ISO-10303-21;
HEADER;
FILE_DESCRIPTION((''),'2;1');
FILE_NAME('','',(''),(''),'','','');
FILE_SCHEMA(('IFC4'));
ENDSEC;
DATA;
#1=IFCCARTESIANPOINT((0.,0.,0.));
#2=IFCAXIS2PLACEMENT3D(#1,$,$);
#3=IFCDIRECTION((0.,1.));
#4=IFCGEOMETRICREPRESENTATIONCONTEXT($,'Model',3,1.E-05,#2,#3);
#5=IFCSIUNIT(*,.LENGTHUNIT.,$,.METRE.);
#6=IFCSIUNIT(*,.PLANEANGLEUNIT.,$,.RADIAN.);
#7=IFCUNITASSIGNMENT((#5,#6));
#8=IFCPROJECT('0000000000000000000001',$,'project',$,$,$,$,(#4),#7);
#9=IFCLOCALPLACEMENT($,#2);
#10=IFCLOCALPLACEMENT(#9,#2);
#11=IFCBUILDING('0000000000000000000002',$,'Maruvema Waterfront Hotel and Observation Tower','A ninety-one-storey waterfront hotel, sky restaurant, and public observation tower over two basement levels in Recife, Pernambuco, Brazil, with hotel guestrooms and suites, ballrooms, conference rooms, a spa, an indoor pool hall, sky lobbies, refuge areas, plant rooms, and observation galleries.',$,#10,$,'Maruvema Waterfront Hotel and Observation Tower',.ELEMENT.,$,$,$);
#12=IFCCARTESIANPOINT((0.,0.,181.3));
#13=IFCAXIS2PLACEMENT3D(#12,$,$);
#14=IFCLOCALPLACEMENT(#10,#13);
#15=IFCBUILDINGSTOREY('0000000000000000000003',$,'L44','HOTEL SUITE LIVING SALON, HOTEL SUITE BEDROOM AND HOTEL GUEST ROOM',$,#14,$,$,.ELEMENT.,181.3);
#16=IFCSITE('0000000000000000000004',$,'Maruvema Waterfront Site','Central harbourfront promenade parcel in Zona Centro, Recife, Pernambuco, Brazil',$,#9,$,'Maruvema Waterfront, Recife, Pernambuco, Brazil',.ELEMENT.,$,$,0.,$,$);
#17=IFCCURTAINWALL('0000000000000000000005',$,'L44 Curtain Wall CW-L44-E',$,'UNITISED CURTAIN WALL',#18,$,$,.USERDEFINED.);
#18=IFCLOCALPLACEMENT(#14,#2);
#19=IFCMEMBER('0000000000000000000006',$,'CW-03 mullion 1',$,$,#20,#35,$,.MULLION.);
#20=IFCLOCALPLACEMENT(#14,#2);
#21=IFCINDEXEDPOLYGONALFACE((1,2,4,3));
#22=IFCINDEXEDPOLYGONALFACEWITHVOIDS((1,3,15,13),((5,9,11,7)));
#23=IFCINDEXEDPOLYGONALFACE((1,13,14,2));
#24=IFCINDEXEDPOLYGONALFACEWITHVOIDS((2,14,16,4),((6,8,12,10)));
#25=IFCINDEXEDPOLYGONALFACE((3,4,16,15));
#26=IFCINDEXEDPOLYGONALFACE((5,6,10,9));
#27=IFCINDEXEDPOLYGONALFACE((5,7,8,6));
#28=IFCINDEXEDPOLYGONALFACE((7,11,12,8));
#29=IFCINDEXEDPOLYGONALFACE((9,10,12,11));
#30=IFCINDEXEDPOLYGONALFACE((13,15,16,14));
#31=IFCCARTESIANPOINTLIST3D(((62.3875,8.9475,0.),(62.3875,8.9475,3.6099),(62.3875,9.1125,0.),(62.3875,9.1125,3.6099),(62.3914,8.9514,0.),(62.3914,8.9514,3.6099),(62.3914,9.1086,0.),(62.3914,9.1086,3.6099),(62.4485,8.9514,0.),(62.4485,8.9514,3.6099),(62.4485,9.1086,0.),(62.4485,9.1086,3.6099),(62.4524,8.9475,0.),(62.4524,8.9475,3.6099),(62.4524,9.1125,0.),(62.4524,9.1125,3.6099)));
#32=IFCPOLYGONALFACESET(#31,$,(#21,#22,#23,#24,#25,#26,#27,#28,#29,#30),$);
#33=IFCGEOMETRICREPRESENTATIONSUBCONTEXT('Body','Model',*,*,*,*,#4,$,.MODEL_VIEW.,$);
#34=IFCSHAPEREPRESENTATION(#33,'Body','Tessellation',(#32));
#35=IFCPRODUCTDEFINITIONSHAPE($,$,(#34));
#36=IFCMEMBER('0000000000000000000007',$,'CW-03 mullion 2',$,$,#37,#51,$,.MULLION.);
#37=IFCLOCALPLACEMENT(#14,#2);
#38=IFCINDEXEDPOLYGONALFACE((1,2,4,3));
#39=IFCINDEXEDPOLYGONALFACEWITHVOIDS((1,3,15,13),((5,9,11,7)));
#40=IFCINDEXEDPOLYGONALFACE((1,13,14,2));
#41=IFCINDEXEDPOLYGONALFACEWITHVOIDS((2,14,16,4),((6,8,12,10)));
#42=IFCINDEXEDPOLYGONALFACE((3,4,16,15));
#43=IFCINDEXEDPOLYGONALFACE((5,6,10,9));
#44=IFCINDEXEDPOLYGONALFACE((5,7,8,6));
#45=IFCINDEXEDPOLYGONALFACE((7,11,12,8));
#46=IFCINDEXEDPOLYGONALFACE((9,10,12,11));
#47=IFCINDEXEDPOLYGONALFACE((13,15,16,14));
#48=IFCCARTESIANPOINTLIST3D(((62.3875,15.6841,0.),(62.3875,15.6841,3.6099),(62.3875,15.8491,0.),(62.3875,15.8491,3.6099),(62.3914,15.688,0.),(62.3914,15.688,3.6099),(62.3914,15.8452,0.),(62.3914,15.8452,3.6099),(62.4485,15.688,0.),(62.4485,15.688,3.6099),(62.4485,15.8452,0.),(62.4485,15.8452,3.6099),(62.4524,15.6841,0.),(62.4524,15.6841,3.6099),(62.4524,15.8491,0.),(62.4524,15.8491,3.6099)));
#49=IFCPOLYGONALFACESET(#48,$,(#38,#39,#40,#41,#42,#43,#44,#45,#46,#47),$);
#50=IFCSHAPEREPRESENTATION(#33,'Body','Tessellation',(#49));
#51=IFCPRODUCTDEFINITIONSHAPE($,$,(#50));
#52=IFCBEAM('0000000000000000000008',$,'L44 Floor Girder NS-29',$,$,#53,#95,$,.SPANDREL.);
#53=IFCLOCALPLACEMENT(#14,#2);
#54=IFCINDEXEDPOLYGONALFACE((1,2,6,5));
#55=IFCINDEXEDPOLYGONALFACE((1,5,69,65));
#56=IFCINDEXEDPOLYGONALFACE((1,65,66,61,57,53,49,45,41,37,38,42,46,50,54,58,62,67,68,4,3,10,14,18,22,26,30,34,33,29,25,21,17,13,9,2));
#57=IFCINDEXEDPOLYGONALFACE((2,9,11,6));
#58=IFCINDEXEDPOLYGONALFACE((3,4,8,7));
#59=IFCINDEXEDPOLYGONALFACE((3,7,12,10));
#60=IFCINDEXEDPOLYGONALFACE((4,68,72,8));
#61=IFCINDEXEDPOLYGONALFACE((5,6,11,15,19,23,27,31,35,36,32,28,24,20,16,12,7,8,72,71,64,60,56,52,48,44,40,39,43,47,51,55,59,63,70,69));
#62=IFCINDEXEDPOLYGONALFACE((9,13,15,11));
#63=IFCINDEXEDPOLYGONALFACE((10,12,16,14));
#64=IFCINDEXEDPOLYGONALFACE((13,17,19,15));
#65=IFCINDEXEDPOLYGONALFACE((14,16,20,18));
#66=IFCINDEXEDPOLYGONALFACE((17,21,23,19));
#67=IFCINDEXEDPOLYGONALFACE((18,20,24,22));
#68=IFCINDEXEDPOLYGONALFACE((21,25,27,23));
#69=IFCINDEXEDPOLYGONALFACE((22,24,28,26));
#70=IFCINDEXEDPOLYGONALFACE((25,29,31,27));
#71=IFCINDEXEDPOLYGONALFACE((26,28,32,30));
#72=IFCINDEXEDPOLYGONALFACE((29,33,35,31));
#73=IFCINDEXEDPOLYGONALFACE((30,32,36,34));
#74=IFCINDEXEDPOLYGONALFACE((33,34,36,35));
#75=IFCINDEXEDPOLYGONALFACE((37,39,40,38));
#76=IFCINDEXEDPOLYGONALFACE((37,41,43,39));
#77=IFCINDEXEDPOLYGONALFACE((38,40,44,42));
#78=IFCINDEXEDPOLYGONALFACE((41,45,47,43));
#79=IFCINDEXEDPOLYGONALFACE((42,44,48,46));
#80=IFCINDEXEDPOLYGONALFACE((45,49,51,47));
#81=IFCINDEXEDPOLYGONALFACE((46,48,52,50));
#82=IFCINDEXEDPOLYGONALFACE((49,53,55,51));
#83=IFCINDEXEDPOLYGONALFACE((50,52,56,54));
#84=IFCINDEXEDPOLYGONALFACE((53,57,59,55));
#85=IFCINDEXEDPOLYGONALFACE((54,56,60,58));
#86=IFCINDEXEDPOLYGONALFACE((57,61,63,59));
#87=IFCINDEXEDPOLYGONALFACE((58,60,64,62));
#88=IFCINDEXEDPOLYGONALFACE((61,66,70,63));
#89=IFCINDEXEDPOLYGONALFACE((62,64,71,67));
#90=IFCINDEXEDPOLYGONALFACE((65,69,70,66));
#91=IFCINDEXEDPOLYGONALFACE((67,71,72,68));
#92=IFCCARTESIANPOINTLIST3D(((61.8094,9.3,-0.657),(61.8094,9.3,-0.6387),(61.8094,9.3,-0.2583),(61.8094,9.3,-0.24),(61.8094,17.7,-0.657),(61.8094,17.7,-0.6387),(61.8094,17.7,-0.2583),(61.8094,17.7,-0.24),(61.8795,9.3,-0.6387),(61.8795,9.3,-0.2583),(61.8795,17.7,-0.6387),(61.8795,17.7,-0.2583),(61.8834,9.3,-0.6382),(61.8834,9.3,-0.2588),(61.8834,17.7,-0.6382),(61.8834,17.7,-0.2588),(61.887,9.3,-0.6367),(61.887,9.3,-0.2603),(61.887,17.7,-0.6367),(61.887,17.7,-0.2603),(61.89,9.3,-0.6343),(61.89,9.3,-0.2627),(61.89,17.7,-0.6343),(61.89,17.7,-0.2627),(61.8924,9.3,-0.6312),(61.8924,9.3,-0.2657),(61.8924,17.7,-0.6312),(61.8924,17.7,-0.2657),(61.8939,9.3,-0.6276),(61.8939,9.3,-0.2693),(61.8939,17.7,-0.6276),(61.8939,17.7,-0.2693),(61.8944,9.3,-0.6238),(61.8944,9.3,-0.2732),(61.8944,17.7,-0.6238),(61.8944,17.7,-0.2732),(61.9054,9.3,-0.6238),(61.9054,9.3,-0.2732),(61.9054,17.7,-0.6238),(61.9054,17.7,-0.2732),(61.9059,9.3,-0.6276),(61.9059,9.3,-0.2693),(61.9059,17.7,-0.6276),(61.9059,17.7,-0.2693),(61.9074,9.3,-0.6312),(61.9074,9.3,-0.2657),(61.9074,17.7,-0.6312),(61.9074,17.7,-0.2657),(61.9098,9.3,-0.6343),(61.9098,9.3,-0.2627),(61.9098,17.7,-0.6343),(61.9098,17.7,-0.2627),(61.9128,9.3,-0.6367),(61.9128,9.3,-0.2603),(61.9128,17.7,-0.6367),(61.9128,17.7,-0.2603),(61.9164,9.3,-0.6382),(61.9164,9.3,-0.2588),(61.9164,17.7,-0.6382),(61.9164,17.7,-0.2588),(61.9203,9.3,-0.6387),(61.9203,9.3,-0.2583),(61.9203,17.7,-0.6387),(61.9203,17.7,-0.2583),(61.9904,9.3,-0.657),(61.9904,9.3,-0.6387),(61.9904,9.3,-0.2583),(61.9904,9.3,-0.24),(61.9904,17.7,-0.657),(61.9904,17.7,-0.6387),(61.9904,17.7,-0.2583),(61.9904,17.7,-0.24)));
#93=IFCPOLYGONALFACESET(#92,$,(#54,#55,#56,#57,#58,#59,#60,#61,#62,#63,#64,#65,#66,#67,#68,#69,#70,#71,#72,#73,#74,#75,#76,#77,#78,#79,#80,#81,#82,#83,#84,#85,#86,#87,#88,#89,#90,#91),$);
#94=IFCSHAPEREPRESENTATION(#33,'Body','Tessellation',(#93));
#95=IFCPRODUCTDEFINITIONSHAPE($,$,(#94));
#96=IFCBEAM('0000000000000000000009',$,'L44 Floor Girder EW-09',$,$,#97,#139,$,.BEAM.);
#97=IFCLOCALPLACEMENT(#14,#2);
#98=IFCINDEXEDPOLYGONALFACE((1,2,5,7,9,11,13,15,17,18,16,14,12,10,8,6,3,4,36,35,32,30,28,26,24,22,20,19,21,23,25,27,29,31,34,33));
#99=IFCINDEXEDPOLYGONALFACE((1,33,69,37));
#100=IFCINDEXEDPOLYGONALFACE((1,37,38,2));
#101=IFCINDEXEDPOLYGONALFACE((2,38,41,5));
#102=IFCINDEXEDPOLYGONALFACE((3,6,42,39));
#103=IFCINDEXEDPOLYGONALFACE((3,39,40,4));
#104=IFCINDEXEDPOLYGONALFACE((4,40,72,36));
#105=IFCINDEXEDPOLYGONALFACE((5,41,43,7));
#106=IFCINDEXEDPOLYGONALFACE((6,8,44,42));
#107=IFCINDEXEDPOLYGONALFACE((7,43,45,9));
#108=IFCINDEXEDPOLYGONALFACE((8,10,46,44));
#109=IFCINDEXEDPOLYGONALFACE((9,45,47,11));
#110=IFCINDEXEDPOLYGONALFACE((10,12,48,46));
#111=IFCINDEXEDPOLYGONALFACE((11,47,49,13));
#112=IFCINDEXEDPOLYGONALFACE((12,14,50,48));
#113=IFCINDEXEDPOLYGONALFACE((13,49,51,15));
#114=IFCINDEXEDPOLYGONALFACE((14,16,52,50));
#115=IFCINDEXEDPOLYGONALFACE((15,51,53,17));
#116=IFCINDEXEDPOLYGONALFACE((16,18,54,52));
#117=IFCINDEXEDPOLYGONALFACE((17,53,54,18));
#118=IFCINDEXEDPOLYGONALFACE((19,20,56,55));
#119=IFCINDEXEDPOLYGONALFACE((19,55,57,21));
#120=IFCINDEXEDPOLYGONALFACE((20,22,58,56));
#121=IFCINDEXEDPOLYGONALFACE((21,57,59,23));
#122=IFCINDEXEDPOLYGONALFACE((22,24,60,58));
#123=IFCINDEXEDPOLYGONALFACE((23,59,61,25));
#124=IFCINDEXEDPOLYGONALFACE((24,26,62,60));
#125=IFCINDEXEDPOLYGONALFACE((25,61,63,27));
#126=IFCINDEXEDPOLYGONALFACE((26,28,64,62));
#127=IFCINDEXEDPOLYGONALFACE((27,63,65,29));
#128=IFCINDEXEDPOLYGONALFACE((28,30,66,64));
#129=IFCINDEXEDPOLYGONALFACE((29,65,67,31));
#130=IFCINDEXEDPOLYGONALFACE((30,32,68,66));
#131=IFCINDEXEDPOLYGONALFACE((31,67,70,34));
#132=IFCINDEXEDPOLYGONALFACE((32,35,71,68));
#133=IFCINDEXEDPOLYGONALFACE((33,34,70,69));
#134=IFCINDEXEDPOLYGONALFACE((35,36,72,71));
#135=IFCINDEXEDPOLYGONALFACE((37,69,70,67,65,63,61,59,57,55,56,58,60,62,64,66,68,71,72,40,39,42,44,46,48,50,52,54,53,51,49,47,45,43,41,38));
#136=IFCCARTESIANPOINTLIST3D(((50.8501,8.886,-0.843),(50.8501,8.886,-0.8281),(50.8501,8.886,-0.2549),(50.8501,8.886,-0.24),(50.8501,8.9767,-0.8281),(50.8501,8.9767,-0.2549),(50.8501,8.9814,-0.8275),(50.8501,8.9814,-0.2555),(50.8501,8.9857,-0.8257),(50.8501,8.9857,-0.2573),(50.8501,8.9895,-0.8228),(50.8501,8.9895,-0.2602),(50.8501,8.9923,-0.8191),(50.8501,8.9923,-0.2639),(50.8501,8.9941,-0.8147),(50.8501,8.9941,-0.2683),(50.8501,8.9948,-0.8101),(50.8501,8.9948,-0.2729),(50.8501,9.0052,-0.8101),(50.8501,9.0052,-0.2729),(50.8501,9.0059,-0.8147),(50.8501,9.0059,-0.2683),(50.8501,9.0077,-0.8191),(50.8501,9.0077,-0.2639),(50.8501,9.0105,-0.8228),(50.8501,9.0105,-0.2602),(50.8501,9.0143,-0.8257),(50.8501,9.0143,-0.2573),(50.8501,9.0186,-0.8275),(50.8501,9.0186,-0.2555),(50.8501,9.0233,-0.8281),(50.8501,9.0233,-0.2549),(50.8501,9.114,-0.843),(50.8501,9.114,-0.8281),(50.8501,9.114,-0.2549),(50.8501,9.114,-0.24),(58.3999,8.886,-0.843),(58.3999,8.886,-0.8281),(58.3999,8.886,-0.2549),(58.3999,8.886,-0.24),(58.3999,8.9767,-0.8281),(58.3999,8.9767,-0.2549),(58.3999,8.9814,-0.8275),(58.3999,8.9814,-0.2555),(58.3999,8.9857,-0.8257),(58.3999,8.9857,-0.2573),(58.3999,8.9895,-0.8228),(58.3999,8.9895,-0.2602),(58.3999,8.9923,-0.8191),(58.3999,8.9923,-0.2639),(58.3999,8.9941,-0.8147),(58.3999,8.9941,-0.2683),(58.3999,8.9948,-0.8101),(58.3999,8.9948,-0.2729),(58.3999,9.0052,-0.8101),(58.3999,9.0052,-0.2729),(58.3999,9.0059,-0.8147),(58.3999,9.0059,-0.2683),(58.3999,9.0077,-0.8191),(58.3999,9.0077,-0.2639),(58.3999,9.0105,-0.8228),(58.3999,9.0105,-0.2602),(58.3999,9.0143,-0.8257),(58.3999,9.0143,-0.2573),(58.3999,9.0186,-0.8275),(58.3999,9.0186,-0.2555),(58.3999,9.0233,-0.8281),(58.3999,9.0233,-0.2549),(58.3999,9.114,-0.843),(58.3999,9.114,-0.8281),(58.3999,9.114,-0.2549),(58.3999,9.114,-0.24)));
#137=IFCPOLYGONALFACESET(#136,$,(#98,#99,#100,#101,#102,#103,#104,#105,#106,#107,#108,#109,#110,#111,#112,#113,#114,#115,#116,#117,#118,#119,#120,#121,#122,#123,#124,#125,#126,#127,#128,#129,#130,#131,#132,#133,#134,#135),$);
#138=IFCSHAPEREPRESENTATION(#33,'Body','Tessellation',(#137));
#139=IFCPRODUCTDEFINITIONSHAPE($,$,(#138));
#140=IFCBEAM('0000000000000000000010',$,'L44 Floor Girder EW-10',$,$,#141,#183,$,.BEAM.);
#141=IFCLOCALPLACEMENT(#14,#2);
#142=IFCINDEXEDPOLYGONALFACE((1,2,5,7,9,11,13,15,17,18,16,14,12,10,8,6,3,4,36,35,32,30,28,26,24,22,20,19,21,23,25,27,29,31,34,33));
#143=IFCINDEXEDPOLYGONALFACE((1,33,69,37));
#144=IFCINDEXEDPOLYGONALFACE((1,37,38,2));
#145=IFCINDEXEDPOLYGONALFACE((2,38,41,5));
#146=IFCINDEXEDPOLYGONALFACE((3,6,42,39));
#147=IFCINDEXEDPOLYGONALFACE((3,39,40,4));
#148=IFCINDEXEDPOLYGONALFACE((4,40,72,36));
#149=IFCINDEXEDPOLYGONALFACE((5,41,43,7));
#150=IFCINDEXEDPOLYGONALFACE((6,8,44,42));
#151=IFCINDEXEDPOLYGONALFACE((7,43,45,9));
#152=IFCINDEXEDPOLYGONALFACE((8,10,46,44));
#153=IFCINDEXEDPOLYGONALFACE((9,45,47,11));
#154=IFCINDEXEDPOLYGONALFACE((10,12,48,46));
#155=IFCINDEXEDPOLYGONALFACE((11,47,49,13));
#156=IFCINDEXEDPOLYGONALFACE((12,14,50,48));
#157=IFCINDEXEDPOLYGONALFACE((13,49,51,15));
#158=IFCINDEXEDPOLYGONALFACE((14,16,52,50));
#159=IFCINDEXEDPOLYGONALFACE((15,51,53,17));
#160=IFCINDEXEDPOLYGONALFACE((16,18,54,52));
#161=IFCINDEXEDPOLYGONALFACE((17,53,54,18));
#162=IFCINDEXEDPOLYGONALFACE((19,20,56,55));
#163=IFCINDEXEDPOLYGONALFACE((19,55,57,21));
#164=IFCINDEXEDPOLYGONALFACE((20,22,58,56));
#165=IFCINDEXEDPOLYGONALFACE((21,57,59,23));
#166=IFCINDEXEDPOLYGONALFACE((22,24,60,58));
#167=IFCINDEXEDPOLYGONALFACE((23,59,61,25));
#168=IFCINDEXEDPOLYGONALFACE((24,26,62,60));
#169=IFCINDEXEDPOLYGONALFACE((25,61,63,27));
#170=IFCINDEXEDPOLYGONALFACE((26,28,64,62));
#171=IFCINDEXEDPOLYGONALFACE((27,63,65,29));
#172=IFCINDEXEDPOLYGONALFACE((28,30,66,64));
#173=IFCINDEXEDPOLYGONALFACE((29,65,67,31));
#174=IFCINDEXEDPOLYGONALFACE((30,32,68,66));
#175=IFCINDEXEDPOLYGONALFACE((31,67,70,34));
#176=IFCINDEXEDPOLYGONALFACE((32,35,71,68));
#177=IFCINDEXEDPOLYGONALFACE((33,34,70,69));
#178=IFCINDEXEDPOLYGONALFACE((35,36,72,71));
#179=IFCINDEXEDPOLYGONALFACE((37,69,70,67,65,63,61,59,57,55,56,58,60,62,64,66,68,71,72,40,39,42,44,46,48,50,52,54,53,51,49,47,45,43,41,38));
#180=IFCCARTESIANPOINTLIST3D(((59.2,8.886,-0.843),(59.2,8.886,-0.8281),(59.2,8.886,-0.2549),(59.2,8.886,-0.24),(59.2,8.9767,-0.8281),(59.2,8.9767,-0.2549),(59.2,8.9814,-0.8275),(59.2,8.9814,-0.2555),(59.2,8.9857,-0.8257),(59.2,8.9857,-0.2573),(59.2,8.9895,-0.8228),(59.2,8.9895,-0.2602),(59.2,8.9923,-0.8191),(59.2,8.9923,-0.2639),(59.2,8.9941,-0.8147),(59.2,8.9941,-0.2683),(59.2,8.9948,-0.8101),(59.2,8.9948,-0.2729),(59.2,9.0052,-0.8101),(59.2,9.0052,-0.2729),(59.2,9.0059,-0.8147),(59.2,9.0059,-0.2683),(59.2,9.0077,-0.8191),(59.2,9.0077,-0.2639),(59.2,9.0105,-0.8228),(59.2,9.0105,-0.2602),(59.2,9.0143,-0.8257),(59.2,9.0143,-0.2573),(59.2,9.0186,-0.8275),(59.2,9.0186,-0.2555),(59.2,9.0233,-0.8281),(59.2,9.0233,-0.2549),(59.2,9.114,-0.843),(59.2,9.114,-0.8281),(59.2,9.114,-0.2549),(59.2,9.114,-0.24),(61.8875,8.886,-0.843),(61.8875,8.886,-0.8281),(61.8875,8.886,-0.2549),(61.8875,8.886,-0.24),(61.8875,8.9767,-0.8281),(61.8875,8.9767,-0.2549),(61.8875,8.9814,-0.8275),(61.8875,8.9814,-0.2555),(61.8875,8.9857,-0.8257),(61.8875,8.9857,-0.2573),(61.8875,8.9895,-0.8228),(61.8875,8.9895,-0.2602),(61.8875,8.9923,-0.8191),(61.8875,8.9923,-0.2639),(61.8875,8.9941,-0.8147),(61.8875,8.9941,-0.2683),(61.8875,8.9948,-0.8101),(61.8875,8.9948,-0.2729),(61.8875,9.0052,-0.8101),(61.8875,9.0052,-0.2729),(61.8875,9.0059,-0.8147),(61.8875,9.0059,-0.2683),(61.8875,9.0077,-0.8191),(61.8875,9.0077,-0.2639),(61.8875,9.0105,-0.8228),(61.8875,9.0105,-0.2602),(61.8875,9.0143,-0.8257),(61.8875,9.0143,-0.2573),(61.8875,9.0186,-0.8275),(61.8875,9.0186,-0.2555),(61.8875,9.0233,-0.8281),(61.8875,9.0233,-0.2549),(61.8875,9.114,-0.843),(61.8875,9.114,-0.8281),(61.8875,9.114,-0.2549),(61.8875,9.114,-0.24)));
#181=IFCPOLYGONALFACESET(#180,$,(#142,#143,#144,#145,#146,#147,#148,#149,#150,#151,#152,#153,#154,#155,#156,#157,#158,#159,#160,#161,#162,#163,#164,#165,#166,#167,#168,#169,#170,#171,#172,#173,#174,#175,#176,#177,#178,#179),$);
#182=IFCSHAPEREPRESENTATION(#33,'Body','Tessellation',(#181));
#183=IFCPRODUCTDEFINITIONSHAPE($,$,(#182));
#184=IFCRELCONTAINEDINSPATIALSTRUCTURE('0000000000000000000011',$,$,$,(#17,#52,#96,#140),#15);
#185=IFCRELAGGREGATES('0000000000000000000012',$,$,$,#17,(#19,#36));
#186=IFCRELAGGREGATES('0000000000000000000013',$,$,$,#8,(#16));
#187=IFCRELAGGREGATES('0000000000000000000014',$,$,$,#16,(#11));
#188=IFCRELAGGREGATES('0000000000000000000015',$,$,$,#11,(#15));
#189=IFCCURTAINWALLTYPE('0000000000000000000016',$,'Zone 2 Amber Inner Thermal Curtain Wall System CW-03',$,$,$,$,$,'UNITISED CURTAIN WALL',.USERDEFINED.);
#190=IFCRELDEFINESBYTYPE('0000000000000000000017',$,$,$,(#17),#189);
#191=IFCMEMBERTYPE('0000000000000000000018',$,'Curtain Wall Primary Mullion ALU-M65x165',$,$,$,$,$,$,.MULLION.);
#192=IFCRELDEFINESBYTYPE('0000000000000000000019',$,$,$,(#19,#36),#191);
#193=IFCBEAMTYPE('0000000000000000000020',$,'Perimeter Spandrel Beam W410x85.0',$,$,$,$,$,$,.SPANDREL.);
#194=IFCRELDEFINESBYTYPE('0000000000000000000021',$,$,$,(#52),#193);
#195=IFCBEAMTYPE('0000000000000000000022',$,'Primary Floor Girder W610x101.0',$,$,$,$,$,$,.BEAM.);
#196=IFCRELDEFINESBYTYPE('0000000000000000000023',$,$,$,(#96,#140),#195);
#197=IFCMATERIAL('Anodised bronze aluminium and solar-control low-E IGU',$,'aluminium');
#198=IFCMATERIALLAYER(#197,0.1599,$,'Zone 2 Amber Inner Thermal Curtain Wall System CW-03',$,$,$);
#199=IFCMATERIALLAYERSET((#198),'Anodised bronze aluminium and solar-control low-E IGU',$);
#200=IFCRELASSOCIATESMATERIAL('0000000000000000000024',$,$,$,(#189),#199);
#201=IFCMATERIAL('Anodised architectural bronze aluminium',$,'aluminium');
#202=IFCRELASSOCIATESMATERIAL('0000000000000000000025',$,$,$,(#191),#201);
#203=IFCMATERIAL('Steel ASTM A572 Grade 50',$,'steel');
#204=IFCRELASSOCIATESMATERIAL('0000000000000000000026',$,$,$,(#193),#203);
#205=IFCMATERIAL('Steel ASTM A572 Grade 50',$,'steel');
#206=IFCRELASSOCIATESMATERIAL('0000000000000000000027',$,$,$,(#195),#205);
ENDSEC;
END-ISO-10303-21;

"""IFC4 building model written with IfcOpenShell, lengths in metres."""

from ifc_helpers import new_model, si_unit, direction, frame, origin, origin_2d, place, context, subcontext, project, spatial, hollow_rectangle, i_section, extrude, material, layer, layer_set, material_profile, profile_set, type_object, element, aggregate, save


model = new_model("IFC4")

# Units and contexts
model_context = context("Model", 3, precision=1e-05, world=origin(), true_north=direction((0.0, 1.0)))
body_context = subcontext(model_context, "Body", "Model", "MODEL_VIEW")
ifc_project = project(units=[si_unit("LENGTHUNIT", "METRE"), si_unit("PLANEANGLEUNIT", "RADIAN")], contexts=[model_context])

# Site, building, storey
site_placement = place(None, origin())
site = spatial("IfcSite", under=ifc_project, at=site_placement, Name="Maruvema Waterfront Site", Description="Central harbourfront promenade parcel in Zona Centro, Recife, Pernambuco, Brazil", LongName="Maruvema Waterfront, Recife, Pernambuco, Brazil", CompositionType="ELEMENT", RefElevation=0.0)
building_placement = place(site_placement, origin())
building = spatial("IfcBuilding", under=site, at=building_placement, Name="Maruvema Waterfront Hotel and Observation Tower", Description="A ninety-one-storey waterfront hotel, sky restaurant, and public observation tower over two basement levels in Recife, Pernambuco, Brazil, with hotel guestrooms and suites, ballrooms, conference rooms, a spa, an indoor pool hall, sky lobbies, refuge areas, plant rooms, and observation galleries.", LongName="Maruvema Waterfront Hotel and Observation Tower", CompositionType="ELEMENT")
storey_placement = place(building_placement, frame((0.0, 0.0, 181.3)))
storey = spatial("IfcBuildingStorey", under=building, at=storey_placement, Name="L44", Description="HOTEL SUITE LIVING SALON, HOTEL SUITE BEDROOM AND HOTEL GUEST ROOM", CompositionType="ELEMENT", Elevation=181.3)

# Curtain wall
ifc_material_1 = material(Name="Anodised bronze aluminium and solar-control low-E IGU", Category="aluminium")
ifc_layer_1 = layer(ifc_material_1, 0.1599, Name="Zone 2 Amber Inner Thermal Curtain Wall System CW-03")
ifc_layer_set_1 = layer_set([ifc_layer_1], Name="Anodised bronze aluminium and solar-control low-E IGU")
curtain_wall_type = type_object("IfcCurtainWallType", Name="Zone 2 Amber Inner Thermal Curtain Wall System CW-03", ElementType="UNITISED CURTAIN WALL", PredefinedType="USERDEFINED", material=ifc_layer_set_1)
curtain_wall_1_placement = place(storey_placement, origin())
curtain_wall_1 = element("IfcCurtainWall", 1, at=curtain_wall_1_placement, inside=storey, type_object=curtain_wall_type, Name="L44 Curtain Wall CW-L44-E", ObjectType="UNITISED CURTAIN WALL", PredefinedType="USERDEFINED")

# Members
ifc_material_2 = material(Name="Anodised architectural bronze aluminium", Category="aluminium")
ifc_material_profile_1 = material_profile(ifc_material_2, hollow_rectangle(XDim=0.0649, YDim=0.165, WallThickness=0.0039, at=origin_2d()), Name="ALU-M65x165")
ifc_profile_set_1 = profile_set([ifc_material_profile_1], Name="Anodised architectural bronze aluminium")
member_type_1 = type_object("IfcMemberType", Name="Curtain Wall Primary Mullion ALU-M65x165", PredefinedType="MULLION", material=ifc_profile_set_1)
member_1_placement = place(storey_placement, frame((62.4199, 9.03, 0.0), z_axis=(0.0, 0.0, 1.0), x_axis=(-1.0, 0.0, 0.0)))
member_1 = element("IfcMember", 2, at=member_1_placement, type_object=member_type_1, Name="CW-03 mullion 1", PredefinedType="MULLION", context=body_context, shape_type="SweptSolid", body=[
    extrude(hollow_rectangle(XDim=0.0649, YDim=0.165, WallThickness=0.0039, at=origin_2d()), origin(), (0.0, 0.0, 1.0), 3.6099),
])
member_2_placement = place(storey_placement, frame((62.4199, 15.7666, 0.0), z_axis=(0.0, 0.0, 1.0), x_axis=(-1.0, 0.0, 0.0)))
member_2 = element("IfcMember", 3, at=member_2_placement, type_object=member_type_1, Name="CW-03 mullion 2", PredefinedType="MULLION", context=body_context, shape_type="SweptSolid", body=[
    extrude(hollow_rectangle(XDim=0.0649, YDim=0.165, WallThickness=0.0039, at=origin_2d()), origin(), (0.0, 0.0, 1.0), 3.6099),
])

# Beams
ifc_material_3 = material(Name="Steel ASTM A572 Grade 50", Category="steel")
ifc_material_profile_2 = material_profile(ifc_material_3, i_section(OverallWidth=0.1809, OverallDepth=0.417, WebThickness=0.011, FlangeThickness=0.0183, FilletRadius=0.0149, at=origin_2d()), Name="W410x85.0")
ifc_profile_set_2 = profile_set([ifc_material_profile_2], Name="Steel ASTM A572 Grade 50")
beam_type_1 = type_object("IfcBeamType", Name="Perimeter Spandrel Beam W410x85.0", PredefinedType="SPANDREL", material=ifc_profile_set_2)
beam_1_placement = place(storey_placement, frame((61.8999, 9.3, -0.4485), z_axis=(0.0, 1.0, 0.0), x_axis=(-1.0, 0.0, 0.0)))
element("IfcBeam", 4, at=beam_1_placement, inside=storey, type_object=beam_type_1, Name="L44 Floor Girder NS-29", PredefinedType="SPANDREL", context=body_context, shape_type="SweptSolid", body=[
    extrude(i_section(OverallWidth=0.1809, OverallDepth=0.417, WebThickness=0.011, FlangeThickness=0.0183, FilletRadius=0.0149, at=origin_2d()), origin(), (0.0, 0.0, 1.0), 8.3999),
])
ifc_material_4 = material(Name="Steel ASTM A572 Grade 50", Category="steel")
ifc_material_profile_3 = material_profile(ifc_material_4, i_section(OverallWidth=0.228, OverallDepth=0.603, WebThickness=0.0105, FlangeThickness=0.0149, FilletRadius=0.0181, at=origin_2d()), Name="W610x101.0")
ifc_profile_set_3 = profile_set([ifc_material_profile_3], Name="Steel ASTM A572 Grade 50")
beam_type_2 = type_object("IfcBeamType", Name="Primary Floor Girder W610x101.0", PredefinedType="BEAM", material=ifc_profile_set_3)
beam_2_placement = place(storey_placement, frame((50.8501, 9.0, -0.5415), z_axis=(1.0, 0.0, 0.0), x_axis=(0.0, 1.0, 0.0)))
element("IfcBeam", 5, at=beam_2_placement, inside=storey, type_object=beam_type_2, Name="L44 Floor Girder EW-09", PredefinedType="BEAM", context=body_context, shape_type="SweptSolid", body=[
    extrude(i_section(OverallWidth=0.228, OverallDepth=0.603, WebThickness=0.0105, FlangeThickness=0.0149, FilletRadius=0.0181, at=origin_2d()), origin(), (0.0, 0.0, 1.0), 7.5498),
])
beam_3_placement = place(storey_placement, frame((59.2, 9.0, -0.5415), z_axis=(1.0, 0.0, 0.0), x_axis=(0.0, 1.0, 0.0)))
element("IfcBeam", 6, at=beam_3_placement, inside=storey, type_object=beam_type_2, Name="L44 Floor Girder EW-10", PredefinedType="BEAM", context=body_context, shape_type="SweptSolid", body=[
    extrude(i_section(OverallWidth=0.228, OverallDepth=0.603, WebThickness=0.0105, FlangeThickness=0.0149, FilletRadius=0.0181, at=origin_2d()), origin(), (0.0, 0.0, 1.0), 2.6875),
])

aggregate(curtain_wall_1, [member_1, member_2])

save(model, "model.ifc")
